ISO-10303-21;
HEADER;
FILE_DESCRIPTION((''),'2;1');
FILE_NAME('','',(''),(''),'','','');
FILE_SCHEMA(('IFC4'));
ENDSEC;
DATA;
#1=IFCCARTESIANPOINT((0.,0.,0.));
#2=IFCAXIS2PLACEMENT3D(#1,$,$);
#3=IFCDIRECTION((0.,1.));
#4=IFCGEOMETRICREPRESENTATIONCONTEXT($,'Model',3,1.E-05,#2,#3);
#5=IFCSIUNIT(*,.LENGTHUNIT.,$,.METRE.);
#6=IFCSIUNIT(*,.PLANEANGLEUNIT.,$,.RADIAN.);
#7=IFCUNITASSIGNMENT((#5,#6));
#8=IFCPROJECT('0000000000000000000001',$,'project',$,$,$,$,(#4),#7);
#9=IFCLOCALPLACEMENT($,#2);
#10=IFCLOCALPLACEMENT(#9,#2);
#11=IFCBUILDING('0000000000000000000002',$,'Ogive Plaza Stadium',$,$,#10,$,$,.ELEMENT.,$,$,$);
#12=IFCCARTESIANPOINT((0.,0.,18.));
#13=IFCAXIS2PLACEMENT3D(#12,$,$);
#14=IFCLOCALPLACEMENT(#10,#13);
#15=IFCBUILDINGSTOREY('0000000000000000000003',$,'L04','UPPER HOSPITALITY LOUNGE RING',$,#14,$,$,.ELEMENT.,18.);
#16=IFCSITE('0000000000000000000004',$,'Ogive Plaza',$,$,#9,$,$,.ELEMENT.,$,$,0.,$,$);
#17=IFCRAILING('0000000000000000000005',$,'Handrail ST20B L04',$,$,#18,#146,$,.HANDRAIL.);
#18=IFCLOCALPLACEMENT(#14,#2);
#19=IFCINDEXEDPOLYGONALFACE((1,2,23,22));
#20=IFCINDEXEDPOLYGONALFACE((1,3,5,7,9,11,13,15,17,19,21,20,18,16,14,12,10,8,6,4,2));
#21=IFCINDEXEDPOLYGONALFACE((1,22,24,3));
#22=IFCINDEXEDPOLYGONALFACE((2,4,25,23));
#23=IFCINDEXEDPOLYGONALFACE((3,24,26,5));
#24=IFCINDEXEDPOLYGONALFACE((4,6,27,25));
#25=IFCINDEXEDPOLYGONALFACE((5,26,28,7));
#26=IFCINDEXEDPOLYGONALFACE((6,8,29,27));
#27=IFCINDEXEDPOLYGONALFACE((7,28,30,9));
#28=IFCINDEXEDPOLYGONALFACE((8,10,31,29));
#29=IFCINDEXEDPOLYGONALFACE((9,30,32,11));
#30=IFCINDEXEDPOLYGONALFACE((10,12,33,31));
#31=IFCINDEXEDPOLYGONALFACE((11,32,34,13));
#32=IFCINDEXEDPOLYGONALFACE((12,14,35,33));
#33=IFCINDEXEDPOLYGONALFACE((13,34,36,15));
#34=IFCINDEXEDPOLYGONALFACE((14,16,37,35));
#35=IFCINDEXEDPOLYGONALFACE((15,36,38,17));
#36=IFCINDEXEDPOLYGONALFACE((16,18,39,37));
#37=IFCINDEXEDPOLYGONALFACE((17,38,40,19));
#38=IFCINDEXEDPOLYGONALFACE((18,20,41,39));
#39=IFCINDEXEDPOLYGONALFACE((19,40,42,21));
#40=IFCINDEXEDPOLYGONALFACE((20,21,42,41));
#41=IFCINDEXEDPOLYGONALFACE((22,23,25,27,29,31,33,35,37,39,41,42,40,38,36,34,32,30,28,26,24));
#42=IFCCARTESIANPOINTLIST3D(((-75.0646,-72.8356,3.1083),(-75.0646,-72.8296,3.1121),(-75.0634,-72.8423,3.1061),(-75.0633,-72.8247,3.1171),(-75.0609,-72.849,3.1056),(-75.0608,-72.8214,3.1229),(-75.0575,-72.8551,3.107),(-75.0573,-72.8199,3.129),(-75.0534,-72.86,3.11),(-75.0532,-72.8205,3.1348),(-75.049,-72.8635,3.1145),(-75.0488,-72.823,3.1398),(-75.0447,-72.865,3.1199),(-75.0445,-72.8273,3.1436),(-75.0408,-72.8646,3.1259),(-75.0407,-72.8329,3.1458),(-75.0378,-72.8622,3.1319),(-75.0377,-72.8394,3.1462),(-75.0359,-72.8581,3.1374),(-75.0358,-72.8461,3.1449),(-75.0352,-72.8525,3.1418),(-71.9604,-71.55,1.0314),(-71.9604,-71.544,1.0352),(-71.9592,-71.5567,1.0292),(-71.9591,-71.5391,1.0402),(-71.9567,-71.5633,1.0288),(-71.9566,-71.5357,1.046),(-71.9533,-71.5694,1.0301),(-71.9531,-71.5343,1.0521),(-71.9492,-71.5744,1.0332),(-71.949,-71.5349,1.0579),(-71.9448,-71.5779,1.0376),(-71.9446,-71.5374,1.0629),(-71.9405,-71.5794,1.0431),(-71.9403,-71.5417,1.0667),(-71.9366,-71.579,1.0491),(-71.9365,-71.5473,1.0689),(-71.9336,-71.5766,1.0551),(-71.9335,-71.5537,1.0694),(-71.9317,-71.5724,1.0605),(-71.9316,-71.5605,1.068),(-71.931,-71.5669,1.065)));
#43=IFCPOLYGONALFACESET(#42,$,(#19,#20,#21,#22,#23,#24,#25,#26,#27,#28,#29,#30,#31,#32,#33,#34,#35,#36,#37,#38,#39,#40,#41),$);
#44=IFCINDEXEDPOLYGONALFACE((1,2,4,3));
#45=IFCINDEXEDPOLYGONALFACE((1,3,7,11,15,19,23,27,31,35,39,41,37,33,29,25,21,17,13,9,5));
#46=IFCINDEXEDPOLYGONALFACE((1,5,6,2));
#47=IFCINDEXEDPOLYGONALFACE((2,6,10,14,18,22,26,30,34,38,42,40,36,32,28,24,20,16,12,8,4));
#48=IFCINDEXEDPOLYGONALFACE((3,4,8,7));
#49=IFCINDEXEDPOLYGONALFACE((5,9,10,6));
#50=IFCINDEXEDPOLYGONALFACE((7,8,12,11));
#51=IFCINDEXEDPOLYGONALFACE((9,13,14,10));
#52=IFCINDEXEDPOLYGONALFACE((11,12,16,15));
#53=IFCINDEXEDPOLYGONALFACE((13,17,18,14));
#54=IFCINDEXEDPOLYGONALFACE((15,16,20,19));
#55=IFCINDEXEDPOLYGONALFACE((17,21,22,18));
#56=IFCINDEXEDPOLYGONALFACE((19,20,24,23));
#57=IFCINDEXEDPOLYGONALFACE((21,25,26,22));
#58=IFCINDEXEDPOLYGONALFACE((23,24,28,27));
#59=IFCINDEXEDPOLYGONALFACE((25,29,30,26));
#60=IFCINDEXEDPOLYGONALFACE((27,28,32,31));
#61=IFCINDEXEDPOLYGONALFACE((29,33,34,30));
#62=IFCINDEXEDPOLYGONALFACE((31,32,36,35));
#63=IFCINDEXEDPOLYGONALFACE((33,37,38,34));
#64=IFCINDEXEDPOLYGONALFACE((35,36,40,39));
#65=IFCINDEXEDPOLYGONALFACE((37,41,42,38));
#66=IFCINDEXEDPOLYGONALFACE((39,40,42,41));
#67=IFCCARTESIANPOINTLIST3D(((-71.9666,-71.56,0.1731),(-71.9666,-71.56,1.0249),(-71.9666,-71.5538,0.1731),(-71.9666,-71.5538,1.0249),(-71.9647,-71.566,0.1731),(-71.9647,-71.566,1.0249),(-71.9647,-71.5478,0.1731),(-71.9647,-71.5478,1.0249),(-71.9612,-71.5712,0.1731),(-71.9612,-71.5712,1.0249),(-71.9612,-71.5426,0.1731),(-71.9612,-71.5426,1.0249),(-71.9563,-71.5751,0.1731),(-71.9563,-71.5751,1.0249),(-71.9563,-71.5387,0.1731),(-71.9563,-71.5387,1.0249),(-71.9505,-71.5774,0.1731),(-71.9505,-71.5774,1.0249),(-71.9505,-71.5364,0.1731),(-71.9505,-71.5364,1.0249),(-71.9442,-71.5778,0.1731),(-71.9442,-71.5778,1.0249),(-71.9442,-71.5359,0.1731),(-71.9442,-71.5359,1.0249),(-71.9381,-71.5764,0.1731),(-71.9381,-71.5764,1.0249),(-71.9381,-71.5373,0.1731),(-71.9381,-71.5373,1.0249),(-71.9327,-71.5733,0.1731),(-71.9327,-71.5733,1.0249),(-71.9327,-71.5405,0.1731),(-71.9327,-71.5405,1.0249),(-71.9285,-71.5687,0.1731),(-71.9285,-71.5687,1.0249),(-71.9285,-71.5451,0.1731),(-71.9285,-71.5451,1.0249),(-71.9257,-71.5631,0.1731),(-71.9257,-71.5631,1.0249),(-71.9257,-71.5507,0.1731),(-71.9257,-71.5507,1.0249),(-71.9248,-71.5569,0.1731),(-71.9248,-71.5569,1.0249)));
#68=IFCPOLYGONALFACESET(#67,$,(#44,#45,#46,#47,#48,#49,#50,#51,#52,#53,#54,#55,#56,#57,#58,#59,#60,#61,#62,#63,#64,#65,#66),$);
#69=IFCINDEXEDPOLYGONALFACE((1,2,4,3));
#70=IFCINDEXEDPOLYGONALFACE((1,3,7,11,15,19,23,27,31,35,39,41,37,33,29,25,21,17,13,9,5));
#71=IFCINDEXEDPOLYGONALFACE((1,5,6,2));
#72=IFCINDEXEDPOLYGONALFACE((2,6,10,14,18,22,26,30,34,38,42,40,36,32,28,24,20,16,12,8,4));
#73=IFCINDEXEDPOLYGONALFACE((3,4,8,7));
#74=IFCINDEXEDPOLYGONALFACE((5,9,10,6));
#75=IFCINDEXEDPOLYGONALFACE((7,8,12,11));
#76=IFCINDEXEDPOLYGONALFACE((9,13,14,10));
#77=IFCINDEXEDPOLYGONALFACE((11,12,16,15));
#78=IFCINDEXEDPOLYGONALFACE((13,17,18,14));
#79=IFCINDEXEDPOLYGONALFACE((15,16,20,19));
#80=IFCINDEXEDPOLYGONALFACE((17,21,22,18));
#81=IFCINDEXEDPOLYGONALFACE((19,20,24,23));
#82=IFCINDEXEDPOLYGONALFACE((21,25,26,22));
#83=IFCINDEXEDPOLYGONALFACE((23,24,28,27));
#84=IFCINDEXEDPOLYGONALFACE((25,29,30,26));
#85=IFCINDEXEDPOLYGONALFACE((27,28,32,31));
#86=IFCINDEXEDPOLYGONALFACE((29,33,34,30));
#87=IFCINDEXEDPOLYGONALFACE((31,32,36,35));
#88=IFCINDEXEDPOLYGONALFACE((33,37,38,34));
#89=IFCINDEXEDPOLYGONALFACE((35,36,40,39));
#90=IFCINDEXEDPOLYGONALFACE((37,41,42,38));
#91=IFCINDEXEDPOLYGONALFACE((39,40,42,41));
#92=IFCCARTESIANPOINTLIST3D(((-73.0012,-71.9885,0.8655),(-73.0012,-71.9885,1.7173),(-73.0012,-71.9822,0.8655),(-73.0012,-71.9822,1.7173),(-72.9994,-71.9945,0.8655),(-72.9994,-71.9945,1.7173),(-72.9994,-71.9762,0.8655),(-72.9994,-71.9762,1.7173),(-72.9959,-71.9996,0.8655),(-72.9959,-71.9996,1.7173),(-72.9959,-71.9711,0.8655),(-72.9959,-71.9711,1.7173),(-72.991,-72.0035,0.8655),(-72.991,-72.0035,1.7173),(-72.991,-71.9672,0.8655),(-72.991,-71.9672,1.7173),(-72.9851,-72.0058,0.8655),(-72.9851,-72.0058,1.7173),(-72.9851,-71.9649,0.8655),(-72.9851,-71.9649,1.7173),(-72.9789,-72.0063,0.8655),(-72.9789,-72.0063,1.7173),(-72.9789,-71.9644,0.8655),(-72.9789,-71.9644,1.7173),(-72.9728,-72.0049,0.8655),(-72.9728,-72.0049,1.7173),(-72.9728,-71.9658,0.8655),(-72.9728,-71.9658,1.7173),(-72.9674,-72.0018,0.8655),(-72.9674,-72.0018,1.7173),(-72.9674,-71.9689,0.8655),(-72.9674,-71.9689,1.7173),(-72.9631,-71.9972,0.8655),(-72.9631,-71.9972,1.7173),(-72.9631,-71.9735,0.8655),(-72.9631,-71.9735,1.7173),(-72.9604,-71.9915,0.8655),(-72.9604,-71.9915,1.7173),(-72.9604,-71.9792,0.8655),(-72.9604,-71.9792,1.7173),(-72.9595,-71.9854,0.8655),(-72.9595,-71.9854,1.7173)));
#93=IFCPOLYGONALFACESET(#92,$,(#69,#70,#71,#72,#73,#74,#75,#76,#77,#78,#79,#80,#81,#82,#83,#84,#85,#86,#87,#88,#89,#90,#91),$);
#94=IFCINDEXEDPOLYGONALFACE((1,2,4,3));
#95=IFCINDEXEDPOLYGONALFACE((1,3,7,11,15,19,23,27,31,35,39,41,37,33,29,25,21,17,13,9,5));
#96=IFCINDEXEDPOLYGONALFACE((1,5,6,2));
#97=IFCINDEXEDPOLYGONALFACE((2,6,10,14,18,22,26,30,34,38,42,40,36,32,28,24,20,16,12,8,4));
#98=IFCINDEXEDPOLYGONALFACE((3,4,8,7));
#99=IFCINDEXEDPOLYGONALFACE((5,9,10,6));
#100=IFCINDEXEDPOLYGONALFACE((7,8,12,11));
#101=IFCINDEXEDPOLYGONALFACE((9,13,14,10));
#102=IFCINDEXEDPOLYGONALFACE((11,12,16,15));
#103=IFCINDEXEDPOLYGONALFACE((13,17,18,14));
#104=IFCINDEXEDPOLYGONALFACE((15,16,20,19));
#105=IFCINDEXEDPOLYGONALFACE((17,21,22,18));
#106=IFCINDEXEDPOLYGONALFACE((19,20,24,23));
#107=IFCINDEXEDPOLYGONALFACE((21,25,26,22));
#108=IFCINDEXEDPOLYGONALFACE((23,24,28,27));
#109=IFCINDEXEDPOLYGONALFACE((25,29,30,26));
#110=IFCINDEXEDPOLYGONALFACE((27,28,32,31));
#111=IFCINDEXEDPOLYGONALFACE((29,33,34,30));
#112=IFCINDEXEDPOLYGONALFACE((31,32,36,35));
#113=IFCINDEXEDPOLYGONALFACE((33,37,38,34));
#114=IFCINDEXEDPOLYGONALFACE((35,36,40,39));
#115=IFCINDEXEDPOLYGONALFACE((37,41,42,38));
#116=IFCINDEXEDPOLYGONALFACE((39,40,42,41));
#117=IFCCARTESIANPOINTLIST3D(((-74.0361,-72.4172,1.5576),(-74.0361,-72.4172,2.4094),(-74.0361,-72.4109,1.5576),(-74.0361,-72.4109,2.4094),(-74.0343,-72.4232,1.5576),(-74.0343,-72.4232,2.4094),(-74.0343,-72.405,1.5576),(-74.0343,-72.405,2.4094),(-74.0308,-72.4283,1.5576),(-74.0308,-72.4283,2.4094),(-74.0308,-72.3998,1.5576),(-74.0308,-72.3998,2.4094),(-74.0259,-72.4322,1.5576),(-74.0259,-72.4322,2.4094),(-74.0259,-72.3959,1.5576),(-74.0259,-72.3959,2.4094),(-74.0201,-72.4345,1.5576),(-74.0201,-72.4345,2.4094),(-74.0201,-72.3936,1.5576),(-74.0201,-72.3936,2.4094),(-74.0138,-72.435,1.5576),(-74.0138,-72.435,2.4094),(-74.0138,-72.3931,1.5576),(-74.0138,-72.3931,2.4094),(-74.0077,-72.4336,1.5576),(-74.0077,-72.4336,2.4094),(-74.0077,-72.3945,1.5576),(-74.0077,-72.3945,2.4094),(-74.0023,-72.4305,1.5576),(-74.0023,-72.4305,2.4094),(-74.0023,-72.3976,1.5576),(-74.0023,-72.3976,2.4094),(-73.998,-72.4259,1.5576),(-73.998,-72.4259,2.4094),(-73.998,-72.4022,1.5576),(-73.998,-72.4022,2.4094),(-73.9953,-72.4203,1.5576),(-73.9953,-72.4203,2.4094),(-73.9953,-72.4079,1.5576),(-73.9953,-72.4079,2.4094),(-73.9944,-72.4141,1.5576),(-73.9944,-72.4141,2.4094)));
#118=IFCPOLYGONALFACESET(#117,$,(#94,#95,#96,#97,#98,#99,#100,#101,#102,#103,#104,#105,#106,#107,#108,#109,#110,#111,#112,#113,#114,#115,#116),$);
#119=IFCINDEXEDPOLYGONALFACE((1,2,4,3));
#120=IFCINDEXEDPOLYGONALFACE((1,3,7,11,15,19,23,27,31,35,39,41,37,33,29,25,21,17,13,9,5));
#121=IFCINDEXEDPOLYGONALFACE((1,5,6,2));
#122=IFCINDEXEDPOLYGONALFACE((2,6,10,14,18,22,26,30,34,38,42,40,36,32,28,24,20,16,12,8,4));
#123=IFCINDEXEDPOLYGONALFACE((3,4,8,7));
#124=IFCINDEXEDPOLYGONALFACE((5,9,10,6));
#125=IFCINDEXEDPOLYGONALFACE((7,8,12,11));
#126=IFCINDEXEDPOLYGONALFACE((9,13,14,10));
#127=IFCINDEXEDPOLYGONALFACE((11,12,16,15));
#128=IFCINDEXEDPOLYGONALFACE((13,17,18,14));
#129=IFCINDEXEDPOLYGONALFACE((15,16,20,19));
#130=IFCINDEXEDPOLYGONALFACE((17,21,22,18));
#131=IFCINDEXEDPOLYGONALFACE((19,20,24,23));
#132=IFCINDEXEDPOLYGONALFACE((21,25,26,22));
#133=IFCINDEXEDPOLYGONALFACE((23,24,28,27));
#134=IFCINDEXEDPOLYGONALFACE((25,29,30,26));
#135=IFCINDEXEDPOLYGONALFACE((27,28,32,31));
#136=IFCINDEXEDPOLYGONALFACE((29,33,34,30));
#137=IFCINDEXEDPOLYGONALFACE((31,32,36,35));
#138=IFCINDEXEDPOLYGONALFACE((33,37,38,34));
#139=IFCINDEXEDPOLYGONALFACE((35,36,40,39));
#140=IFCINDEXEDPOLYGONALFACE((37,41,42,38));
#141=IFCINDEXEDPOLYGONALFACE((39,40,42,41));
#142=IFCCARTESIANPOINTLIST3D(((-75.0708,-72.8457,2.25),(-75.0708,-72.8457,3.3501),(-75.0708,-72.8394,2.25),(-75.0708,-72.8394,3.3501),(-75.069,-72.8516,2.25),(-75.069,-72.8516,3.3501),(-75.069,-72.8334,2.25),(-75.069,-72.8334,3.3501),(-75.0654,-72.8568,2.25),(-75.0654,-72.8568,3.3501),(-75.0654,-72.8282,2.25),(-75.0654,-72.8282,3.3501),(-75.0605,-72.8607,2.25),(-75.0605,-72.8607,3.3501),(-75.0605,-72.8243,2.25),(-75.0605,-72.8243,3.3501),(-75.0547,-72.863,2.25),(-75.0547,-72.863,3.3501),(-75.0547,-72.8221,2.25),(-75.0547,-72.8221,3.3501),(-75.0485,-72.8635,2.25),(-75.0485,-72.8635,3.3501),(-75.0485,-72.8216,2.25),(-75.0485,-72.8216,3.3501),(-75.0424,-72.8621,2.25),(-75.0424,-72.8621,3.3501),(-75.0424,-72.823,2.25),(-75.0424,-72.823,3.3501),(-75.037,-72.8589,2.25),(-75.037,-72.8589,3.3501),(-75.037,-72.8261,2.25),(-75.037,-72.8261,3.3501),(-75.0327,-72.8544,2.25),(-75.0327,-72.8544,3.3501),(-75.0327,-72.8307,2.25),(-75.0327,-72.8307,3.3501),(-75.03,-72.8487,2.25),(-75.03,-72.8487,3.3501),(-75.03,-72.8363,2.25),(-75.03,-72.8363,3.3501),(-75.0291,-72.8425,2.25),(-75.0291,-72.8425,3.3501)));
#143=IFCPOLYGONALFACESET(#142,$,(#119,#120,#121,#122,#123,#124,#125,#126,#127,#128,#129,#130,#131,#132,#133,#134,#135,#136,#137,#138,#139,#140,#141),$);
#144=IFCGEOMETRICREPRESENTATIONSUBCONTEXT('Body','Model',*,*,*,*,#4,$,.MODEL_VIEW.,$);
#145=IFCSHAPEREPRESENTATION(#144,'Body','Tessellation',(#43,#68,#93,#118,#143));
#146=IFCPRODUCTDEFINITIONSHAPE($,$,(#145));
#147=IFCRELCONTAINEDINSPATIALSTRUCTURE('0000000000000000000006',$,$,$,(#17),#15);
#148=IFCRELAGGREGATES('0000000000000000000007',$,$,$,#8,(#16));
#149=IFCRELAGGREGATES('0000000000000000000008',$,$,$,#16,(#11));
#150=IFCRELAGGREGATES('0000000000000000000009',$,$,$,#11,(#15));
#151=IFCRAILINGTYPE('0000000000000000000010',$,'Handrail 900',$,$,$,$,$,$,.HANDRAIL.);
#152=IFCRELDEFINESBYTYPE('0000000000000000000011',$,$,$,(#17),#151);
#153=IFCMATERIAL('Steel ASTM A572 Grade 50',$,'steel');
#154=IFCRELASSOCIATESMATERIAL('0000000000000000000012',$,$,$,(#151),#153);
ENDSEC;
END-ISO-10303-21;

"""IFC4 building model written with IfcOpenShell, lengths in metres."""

from ifc_helpers import new_model, si_unit, direction, frame, origin, origin_2d, place, context, subcontext, project, spatial, circle, extrude, material, type_object, element, save


model = new_model("IFC4")

# Units and contexts
model_context = context("Model", 3, precision=1e-05, world=origin(), true_north=direction((0.0, 1.0)))
body_context = subcontext(model_context, "Body", "Model", "MODEL_VIEW")
ifc_project = project(units=[si_unit("LENGTHUNIT", "METRE"), si_unit("PLANEANGLEUNIT", "RADIAN")], contexts=[model_context])

# Site, building, storey
site_placement = place(None, origin())
site = spatial("IfcSite", under=ifc_project, at=site_placement, Name="Ogive Plaza", CompositionType="ELEMENT", RefElevation=0.0)
building_placement = place(site_placement, origin())
building = spatial("IfcBuilding", under=site, at=building_placement, Name="Ogive Plaza Stadium", CompositionType="ELEMENT")
storey_placement = place(building_placement, frame((0.0, 0.0, 18.0)))
storey = spatial("IfcBuildingStorey", under=building, at=storey_placement, Name="L04", Description="UPPER HOSPITALITY LOUNGE RING", CompositionType="ELEMENT", Elevation=18.0)

# Railing
ifc_material_1 = material(Name="Steel ASTM A572 Grade 50", Category="steel")
railing_type_1 = type_object("IfcRailingType", Name="Handrail 900", PredefinedType="HANDRAIL", material=ifc_material_1)
railing_1_placement = place(storey_placement, frame((-71.9458, -71.5569, 0.1731)))
element("IfcRailing", 1, at=railing_1_placement, inside=storey, type_object=railing_type_1, Name="Handrail ST20B L04", PredefinedType="HANDRAIL", context=body_context, shape_type="SweptSolid", body=[
    extrude(circle(Radius=0.0239, at=origin_2d()), frame((0.0, 0.0, 0.876), z_axis=(-0.785879, -0.325477, 0.525794), x_axis=(0.382638, -0.923898, 0.0)), (0.0, 0.0, 1.0), 3.95),
    extrude(circle(Radius=0.021, at=origin_2d()), origin(), (0.0, 0.0, 1.0), 0.8518),
    extrude(circle(Radius=0.021, at=origin_2d()), frame((-1.0347, -0.4285, 0.6924)), (0.0, 0.0, 1.0), 0.8518),
    extrude(circle(Radius=0.021, at=origin_2d()), frame((-2.0696, -0.8572, 1.3845)), (0.0, 0.0, 1.0), 0.8518),
    extrude(circle(Radius=0.021, at=origin_2d()), frame((-3.1042, -1.2856, 2.0769)), (0.0, 0.0, 1.0), 1.1001),
])

save(model, "model.ifc")
